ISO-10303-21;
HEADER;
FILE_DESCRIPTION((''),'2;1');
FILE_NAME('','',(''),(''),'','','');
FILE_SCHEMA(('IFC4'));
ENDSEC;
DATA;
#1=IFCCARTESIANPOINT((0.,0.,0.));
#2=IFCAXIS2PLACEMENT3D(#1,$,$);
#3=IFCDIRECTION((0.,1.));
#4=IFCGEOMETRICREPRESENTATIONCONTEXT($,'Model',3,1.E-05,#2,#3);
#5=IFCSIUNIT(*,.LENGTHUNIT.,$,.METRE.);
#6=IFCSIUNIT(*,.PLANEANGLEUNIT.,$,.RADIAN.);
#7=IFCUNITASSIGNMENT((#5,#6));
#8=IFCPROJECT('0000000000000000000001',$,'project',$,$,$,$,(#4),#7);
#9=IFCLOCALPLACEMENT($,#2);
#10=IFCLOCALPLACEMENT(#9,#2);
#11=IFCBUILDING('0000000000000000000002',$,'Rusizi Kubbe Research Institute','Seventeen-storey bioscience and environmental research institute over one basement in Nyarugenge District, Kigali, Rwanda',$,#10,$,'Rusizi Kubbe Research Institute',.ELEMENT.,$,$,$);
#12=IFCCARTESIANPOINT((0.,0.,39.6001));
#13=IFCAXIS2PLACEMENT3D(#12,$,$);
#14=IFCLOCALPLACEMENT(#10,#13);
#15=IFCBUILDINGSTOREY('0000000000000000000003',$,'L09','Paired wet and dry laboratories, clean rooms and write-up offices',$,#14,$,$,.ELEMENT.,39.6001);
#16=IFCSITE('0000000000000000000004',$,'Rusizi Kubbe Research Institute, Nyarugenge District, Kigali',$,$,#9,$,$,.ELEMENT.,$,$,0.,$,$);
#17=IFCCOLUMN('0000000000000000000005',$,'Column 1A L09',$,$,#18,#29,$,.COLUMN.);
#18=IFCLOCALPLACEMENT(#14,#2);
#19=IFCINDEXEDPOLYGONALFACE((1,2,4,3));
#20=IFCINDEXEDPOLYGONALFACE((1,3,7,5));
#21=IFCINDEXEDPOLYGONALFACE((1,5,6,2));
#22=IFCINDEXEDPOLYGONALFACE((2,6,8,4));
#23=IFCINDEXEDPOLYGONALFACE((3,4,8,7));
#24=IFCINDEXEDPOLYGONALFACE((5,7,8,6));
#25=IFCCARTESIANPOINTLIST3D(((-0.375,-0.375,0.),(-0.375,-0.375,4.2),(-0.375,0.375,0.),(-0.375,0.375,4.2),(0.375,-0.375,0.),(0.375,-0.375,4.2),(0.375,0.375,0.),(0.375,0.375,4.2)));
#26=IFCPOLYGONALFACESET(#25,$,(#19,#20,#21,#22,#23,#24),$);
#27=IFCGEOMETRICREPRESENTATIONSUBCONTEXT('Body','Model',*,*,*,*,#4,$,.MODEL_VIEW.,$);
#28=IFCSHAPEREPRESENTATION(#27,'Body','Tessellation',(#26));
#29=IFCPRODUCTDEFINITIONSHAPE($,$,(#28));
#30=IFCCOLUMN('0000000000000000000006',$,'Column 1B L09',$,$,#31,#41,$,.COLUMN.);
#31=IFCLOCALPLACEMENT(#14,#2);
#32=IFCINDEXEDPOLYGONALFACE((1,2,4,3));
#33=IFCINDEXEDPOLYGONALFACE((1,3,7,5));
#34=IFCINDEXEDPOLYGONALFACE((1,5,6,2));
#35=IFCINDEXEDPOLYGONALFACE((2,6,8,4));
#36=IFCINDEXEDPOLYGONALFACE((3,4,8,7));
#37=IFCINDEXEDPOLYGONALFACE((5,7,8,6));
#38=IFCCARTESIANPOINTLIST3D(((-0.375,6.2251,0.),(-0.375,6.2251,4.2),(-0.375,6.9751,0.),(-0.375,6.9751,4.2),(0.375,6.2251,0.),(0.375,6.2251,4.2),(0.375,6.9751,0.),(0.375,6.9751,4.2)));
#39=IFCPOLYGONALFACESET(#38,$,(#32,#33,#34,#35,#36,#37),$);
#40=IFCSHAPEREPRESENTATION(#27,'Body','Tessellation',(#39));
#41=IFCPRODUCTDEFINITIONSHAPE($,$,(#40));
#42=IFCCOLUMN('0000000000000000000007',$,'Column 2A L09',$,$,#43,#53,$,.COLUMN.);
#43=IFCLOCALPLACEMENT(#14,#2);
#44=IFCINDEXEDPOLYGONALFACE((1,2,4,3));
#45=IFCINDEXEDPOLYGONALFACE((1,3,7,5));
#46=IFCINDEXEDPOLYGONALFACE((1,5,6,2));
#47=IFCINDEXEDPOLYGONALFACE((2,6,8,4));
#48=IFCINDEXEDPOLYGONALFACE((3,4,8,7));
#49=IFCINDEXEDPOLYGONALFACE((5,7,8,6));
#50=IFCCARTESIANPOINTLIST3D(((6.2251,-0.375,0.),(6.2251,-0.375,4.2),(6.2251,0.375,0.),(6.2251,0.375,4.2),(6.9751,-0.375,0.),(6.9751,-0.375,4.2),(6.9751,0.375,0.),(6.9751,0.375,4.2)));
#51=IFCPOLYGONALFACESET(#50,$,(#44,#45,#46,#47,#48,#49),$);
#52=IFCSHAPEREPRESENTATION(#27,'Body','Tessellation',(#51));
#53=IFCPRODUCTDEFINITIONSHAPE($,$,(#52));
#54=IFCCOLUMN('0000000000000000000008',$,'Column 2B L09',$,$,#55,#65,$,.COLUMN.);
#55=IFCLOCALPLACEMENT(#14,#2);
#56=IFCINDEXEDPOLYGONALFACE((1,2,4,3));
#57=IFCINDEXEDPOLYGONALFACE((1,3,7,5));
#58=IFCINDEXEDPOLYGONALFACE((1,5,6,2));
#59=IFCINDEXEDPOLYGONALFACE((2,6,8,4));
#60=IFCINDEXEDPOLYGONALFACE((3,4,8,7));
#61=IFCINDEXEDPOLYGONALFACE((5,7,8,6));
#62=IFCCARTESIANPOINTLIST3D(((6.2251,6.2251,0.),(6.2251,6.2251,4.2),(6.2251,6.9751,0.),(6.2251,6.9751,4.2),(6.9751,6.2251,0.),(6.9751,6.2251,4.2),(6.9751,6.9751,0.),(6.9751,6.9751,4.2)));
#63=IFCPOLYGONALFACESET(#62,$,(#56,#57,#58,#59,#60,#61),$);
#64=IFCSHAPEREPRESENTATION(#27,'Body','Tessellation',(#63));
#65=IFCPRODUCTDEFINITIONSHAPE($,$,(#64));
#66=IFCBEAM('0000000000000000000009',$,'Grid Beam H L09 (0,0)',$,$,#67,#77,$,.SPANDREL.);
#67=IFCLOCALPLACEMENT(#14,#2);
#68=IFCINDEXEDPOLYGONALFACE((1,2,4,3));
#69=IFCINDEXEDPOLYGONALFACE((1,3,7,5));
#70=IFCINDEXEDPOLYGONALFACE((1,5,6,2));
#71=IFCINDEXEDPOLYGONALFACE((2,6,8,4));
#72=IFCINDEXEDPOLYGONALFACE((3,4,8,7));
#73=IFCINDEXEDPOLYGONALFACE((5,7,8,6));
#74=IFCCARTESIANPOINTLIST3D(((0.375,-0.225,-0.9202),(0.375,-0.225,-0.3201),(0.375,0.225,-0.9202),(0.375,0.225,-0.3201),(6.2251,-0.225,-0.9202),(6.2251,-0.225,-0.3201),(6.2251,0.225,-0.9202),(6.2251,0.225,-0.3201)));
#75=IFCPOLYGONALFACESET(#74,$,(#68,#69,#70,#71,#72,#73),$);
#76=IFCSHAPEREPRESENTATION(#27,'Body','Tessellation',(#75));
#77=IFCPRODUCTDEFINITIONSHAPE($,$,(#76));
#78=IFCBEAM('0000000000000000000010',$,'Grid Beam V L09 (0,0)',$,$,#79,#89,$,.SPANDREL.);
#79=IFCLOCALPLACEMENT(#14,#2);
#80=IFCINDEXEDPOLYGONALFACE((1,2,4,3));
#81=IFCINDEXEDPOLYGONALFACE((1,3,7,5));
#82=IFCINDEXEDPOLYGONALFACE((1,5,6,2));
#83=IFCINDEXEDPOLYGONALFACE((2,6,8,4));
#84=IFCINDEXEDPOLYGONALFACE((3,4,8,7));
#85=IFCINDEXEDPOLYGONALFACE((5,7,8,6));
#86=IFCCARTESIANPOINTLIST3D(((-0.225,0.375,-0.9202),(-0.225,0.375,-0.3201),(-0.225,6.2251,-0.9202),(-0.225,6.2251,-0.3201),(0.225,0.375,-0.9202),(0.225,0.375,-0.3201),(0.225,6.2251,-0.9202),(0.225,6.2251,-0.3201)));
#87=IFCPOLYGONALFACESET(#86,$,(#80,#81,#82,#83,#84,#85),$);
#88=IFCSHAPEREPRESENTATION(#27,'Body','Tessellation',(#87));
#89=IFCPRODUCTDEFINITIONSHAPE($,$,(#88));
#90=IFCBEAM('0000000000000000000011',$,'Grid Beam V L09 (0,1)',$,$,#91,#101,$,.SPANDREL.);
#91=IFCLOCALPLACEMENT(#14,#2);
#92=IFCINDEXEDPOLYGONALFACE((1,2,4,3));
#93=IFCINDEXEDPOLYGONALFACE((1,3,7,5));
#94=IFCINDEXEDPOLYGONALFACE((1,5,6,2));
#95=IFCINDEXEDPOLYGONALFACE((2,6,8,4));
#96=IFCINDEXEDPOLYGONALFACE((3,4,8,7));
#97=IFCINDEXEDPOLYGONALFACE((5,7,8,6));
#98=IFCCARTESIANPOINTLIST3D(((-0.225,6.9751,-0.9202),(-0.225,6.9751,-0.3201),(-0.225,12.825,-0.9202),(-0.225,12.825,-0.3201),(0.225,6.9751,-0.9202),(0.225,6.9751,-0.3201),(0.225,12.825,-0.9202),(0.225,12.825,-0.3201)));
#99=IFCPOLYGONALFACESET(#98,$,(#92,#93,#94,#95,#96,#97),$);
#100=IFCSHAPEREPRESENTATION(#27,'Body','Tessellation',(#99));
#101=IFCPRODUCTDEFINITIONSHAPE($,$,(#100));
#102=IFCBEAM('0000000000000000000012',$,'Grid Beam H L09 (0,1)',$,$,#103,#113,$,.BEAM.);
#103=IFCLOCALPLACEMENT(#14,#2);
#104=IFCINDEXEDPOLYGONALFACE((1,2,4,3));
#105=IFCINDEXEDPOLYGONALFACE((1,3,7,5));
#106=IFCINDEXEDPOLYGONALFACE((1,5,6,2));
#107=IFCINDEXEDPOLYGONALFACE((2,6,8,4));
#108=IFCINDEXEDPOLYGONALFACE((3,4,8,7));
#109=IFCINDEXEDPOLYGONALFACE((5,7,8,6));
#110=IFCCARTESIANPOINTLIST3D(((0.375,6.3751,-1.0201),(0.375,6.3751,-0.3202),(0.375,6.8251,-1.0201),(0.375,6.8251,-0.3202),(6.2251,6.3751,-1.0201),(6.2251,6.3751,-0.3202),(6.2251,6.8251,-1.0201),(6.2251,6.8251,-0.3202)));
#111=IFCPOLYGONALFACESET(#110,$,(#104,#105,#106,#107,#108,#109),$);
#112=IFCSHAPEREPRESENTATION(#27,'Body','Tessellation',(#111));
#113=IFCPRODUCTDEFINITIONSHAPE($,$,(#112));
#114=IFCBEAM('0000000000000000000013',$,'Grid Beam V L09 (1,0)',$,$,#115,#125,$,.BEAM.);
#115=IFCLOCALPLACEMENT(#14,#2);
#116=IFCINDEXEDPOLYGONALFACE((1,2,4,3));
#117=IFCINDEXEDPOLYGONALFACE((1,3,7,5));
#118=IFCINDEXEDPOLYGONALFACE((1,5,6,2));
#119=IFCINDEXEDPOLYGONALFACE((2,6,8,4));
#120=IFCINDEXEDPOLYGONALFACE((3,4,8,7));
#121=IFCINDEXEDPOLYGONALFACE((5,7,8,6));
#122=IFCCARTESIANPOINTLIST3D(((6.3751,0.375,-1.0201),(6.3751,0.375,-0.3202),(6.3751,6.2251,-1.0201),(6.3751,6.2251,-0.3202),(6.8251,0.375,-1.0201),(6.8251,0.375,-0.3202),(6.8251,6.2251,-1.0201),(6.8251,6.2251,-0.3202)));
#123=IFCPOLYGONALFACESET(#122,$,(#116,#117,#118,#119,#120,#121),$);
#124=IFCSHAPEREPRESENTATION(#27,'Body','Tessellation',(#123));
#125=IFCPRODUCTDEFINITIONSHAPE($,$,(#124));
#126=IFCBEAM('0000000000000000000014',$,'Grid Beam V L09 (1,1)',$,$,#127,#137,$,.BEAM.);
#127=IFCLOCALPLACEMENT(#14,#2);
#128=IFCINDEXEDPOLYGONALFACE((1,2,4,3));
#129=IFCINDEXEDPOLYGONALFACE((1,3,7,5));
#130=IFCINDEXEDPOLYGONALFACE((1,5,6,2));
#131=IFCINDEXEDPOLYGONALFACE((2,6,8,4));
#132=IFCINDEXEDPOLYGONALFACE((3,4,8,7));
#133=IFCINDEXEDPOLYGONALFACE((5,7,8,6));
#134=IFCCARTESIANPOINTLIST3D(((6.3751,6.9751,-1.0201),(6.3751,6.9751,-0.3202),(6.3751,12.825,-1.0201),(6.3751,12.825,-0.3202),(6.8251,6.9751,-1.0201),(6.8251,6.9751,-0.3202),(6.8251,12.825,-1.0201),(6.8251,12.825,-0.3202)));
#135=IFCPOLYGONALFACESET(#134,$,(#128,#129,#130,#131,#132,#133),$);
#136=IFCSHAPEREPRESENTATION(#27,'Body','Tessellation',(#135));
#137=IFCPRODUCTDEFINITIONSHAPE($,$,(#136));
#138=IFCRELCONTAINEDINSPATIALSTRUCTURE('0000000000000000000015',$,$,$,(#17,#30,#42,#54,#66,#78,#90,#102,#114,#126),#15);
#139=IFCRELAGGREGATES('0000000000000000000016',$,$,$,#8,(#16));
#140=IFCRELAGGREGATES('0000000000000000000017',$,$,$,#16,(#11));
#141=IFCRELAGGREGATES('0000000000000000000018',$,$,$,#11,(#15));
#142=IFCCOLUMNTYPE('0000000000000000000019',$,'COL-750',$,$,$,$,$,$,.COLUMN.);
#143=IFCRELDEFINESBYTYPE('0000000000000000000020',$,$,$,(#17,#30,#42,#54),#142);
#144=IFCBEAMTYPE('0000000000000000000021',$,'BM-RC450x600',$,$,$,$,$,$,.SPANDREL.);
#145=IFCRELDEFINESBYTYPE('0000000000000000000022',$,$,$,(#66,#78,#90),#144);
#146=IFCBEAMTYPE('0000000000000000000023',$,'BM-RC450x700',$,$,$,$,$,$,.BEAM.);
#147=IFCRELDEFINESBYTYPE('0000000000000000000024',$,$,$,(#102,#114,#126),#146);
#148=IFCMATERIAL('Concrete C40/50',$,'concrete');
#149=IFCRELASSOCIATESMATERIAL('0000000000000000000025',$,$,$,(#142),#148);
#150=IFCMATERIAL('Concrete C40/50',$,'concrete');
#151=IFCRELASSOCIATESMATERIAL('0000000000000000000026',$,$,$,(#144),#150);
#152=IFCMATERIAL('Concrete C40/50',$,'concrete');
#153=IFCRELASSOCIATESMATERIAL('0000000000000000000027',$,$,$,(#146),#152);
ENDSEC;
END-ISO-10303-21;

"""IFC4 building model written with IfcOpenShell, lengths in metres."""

from ifc_helpers import new_model, si_unit, direction, frame, origin, origin_2d, place, context, subcontext, project, spatial, rectangle, extrude, material, material_profile, profile_set, type_object, element, save


model = new_model("IFC4")

# Units and contexts
model_context = context("Model", 3, precision=1e-05, world=origin(), true_north=direction((0.0, 1.0)))
body_context = subcontext(model_context, "Body", "Model", "MODEL_VIEW")
ifc_project = project(units=[si_unit("LENGTHUNIT", "METRE"), si_unit("PLANEANGLEUNIT", "RADIAN")], contexts=[model_context])

# Site, building, storey
site_placement = place(None, origin())
site = spatial("IfcSite", under=ifc_project, at=site_placement, Name="Rusizi Kubbe Research Institute, Nyarugenge District, Kigali", CompositionType="ELEMENT", RefElevation=0.0)
building_placement = place(site_placement, origin())
building = spatial("IfcBuilding", under=site, at=building_placement, Name="Rusizi Kubbe Research Institute", Description="Seventeen-storey bioscience and environmental research institute over one basement in Nyarugenge District, Kigali, Rwanda", LongName="Rusizi Kubbe Research Institute", CompositionType="ELEMENT")
storey_placement = place(building_placement, frame((0.0, 0.0, 39.6001)))
storey = spatial("IfcBuildingStorey", under=building, at=storey_placement, Name="L09", Description="Paired wet and dry laboratories, clean rooms and write-up offices", CompositionType="ELEMENT", Elevation=39.6001)

# Columns
ifc_material_1 = material(Name="Concrete C40/50", Category="concrete")
ifc_material_profile_1 = material_profile(ifc_material_1, rectangle(XDim=0.75, YDim=0.75, at=origin_2d()), Name="RC750x750")
ifc_profile_set_1 = profile_set([ifc_material_profile_1], Name="Concrete C40/50")
column_type = type_object("IfcColumnType", Name="COL-750", PredefinedType="COLUMN", material=ifc_profile_set_1)
for number, where, z_axis, x_axis, name in (
    (1, (0.0, 0.0, 0.0), (0.0, 0.0, 1.0), (1.0, 0.0, 0.0), "Column 1A L09"),
    (2, (0.0, 6.6001, 0.0), (0.0, 0.0, 1.0), (1.0, 0.0, 0.0), "Column 1B L09"),
    (3, (6.6001, 0.0, 0.0), (0.0, 0.0, 1.0), (1.0, 0.0, 0.0), "Column 2A L09"),
    (4, (6.6001, 6.6001, 0.0), (0.0, 0.0, 1.0), (1.0, 0.0, 0.0), "Column 2B L09"),
):
    element("IfcColumn", number, at=place(storey_placement, frame(where, z_axis=z_axis, x_axis=x_axis)), inside=storey, type_object=column_type, Name=name, PredefinedType="COLUMN", context=body_context, shape_type="SweptSolid", body=[
        extrude(rectangle(XDim=0.75, YDim=0.75, at=origin_2d()), origin(), (0.0, 0.0, 1.0), 4.2),
    ])

# Beams
ifc_material_2 = material(Name="Concrete C40/50", Category="concrete")
ifc_material_profile_2 = material_profile(ifc_material_2, rectangle(XDim=0.45, YDim=0.6001, at=origin_2d()), Name="RC450x600")
ifc_profile_set_2 = profile_set([ifc_material_profile_2], Name="Concrete C40/50")
beam_type_1 = type_object("IfcBeamType", Name="BM-RC450x600", PredefinedType="SPANDREL", material=ifc_profile_set_2)
for number, where, z_axis, x_axis, name in (
    (5, (0.375, 0.0, -0.6201), (1.0, 0.0, 0.0), (0.0, 1.0, 0.0), "Grid Beam H L09 (0,0)"),
    (6, (0.0, 0.375, -0.6201), (0.0, 1.0, 0.0), (-1.0, 0.0, 0.0), "Grid Beam V L09 (0,0)"),
):
    element("IfcBeam", number, at=place(storey_placement, frame(where, z_axis=z_axis, x_axis=x_axis)), inside=storey, type_object=beam_type_1, Name=name, PredefinedType="SPANDREL", context=body_context, shape_type="SweptSolid", body=[
        extrude(rectangle(XDim=0.45, YDim=0.6001, at=origin_2d()), origin(), (0.0, 0.0, 1.0), 5.8501),
    ])
beam_1_placement = place(storey_placement, frame((0.0, 6.9751, -0.6201), z_axis=(0.0, 1.0, 0.0), x_axis=(-1.0, 0.0, 0.0)))
element("IfcBeam", 7, at=beam_1_placement, inside=storey, type_object=beam_type_1, Name="Grid Beam V L09 (0,1)", PredefinedType="SPANDREL", context=body_context, shape_type="SweptSolid", body=[
    extrude(rectangle(XDim=0.45, YDim=0.6001, at=origin_2d()), origin(), (0.0, 0.0, 1.0), 5.8499),
])
ifc_material_3 = material(Name="Concrete C40/50", Category="concrete")
ifc_material_profile_3 = material_profile(ifc_material_3, rectangle(XDim=0.45, YDim=0.7, at=origin_2d()), Name="RC450x700B")
ifc_profile_set_3 = profile_set([ifc_material_profile_3], Name="Concrete C40/50")
beam_type_2 = type_object("IfcBeamType", Name="BM-RC450x700", PredefinedType="BEAM", material=ifc_profile_set_3)
for number, where, z_axis, x_axis, name in (
    (8, (0.375, 6.6001, -0.6702), (1.0, 0.0, 0.0), (0.0, 1.0, 0.0), "Grid Beam H L09 (0,1)"),
    (9, (6.6001, 0.375, -0.6702), (0.0, 1.0, 0.0), (-1.0, 0.0, 0.0), "Grid Beam V L09 (1,0)"),
):
    element("IfcBeam", number, at=place(storey_placement, frame(where, z_axis=z_axis, x_axis=x_axis)), inside=storey, type_object=beam_type_2, Name=name, PredefinedType="BEAM", context=body_context, shape_type="SweptSolid", body=[
        extrude(rectangle(XDim=0.45, YDim=0.7, at=origin_2d()), origin(), (0.0, 0.0, 1.0), 5.8501),
    ])
beam_2_placement = place(storey_placement, frame((6.6001, 6.9751, -0.6702), z_axis=(0.0, 1.0, 0.0), x_axis=(-1.0, 0.0, 0.0)))
element("IfcBeam", 10, at=beam_2_placement, inside=storey, type_object=beam_type_2, Name="Grid Beam V L09 (1,1)", PredefinedType="BEAM", context=body_context, shape_type="SweptSolid", body=[
    extrude(rectangle(XDim=0.45, YDim=0.7, at=origin_2d()), origin(), (0.0, 0.0, 1.0), 5.8499),
])

save(model, "model.ifc")
